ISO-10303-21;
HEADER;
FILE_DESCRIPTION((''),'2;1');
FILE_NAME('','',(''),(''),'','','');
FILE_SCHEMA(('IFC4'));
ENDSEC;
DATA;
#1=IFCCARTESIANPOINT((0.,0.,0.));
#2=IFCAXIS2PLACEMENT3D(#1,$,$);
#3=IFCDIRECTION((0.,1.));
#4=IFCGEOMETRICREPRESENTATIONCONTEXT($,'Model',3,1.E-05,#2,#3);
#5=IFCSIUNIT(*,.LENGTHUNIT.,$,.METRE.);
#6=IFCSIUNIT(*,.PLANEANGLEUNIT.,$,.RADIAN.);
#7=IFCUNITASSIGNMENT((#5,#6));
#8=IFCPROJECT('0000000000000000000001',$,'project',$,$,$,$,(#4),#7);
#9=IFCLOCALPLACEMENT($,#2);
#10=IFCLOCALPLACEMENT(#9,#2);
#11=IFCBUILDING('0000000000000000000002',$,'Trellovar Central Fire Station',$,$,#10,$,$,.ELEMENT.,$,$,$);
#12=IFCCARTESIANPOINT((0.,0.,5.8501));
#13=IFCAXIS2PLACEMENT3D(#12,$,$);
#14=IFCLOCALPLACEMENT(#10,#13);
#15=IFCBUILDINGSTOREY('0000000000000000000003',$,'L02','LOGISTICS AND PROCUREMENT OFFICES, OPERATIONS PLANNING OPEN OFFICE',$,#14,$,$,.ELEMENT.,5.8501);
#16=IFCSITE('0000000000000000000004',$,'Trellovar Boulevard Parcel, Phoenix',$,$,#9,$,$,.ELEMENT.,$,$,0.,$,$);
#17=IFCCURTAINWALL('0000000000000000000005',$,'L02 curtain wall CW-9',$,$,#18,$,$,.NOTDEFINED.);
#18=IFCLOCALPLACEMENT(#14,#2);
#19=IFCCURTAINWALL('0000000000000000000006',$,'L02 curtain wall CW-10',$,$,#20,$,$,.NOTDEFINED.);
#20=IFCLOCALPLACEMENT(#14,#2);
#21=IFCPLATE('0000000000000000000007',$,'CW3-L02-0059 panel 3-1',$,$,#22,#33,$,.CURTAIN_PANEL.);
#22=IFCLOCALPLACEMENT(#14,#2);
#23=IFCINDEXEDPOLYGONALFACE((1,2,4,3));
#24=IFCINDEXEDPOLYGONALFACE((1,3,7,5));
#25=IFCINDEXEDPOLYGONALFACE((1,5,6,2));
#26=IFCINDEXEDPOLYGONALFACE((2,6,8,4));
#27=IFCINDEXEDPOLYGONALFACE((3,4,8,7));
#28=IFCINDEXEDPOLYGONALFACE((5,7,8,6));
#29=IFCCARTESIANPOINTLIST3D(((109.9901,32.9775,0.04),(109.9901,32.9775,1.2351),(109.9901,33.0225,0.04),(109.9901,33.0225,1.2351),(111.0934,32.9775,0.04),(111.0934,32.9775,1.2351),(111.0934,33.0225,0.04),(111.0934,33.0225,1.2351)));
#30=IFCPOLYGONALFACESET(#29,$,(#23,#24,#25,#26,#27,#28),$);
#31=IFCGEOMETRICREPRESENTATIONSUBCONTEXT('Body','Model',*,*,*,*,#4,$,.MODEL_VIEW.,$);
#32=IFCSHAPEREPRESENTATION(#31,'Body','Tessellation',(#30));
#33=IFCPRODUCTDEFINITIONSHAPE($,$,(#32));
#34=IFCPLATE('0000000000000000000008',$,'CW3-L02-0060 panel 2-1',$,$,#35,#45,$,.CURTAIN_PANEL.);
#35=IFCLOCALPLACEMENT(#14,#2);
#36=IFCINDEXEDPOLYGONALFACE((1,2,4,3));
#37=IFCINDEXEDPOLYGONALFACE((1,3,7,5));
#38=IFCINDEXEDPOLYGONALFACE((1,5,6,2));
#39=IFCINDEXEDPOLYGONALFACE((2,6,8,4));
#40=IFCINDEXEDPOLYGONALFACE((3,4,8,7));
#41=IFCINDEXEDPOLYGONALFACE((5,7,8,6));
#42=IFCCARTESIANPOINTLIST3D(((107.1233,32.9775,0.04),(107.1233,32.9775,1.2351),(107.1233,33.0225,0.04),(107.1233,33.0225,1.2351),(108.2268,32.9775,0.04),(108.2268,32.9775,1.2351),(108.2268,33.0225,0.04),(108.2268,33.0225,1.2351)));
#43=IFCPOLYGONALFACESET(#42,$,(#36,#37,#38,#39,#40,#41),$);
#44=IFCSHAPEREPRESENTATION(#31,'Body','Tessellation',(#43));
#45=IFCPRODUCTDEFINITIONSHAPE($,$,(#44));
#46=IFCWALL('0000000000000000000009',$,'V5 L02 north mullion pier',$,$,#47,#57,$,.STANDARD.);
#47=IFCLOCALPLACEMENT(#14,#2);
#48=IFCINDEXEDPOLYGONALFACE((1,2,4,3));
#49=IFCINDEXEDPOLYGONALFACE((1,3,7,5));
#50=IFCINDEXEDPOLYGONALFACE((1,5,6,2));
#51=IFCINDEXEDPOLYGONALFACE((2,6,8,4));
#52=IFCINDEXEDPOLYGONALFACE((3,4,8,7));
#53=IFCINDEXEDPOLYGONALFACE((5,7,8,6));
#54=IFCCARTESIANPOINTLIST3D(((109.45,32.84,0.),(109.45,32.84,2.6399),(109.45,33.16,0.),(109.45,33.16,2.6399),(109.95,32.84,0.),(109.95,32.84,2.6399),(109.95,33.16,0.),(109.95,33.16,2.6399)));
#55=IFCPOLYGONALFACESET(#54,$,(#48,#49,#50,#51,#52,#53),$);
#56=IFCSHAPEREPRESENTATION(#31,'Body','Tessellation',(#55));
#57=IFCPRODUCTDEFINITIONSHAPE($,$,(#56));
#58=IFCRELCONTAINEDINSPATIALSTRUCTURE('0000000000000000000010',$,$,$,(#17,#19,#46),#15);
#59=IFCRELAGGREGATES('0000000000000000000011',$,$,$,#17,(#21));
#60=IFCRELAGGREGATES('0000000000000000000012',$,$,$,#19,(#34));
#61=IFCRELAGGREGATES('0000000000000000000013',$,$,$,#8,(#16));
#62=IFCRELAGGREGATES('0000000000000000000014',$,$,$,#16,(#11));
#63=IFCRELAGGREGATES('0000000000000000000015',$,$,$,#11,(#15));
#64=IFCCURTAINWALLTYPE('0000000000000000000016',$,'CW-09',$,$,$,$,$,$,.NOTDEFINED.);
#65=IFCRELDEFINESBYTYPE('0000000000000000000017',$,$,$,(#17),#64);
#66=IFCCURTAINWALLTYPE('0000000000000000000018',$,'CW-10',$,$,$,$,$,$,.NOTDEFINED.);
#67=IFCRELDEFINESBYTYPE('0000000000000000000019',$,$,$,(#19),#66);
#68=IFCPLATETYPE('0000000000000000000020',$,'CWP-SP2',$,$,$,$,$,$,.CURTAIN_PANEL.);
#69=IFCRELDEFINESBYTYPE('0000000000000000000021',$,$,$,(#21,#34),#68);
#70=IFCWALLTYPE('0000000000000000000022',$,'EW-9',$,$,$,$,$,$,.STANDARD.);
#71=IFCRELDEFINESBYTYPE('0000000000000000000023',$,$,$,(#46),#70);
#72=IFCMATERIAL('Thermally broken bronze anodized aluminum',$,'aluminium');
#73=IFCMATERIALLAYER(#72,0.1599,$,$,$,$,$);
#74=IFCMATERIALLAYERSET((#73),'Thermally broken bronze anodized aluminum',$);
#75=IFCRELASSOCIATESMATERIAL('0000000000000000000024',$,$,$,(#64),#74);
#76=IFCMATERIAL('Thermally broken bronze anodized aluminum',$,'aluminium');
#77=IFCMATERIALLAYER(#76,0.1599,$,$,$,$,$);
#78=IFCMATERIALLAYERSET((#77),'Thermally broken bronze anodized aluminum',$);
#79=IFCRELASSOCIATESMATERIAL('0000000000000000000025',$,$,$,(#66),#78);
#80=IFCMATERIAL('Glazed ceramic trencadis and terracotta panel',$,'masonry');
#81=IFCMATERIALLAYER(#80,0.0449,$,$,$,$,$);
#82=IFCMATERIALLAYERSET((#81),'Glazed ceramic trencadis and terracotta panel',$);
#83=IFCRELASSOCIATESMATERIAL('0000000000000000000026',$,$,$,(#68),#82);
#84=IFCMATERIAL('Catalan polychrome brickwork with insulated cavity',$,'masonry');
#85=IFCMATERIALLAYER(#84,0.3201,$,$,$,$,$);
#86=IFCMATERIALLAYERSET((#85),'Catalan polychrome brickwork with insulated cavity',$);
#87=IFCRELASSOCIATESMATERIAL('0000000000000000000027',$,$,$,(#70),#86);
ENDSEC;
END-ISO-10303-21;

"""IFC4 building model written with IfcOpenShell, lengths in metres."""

from ifc_helpers import new_model, si_unit, direction, frame, frame_2d, origin, origin_2d, place, context, subcontext, project, spatial, rectangle, extrude, material, layer, layer_set, type_object, element, aggregate, save


model = new_model("IFC4")

# Units and contexts
model_context = context("Model", 3, precision=1e-05, world=origin(), true_north=direction((0.0, 1.0)))
body_context = subcontext(model_context, "Body", "Model", "MODEL_VIEW")
ifc_project = project(units=[si_unit("LENGTHUNIT", "METRE"), si_unit("PLANEANGLEUNIT", "RADIAN")], contexts=[model_context])

# Site, building, storey
site_placement = place(None, origin())
site = spatial("IfcSite", under=ifc_project, at=site_placement, Name="Trellovar Boulevard Parcel, Phoenix", CompositionType="ELEMENT", RefElevation=0.0)
building_placement = place(site_placement, origin())
building = spatial("IfcBuilding", under=site, at=building_placement, Name="Trellovar Central Fire Station", CompositionType="ELEMENT")
storey_placement = place(building_placement, frame((0.0, 0.0, 5.8501)))
storey = spatial("IfcBuildingStorey", under=building, at=storey_placement, Name="L02", Description="LOGISTICS AND PROCUREMENT OFFICES, OPERATIONS PLANNING OPEN OFFICE", CompositionType="ELEMENT", Elevation=5.8501)

# Curtain walls
ifc_material_1 = material(Name="Thermally broken bronze anodized aluminum", Category="aluminium")
ifc_layer_1 = layer(ifc_material_1, 0.1599)
ifc_layer_set_1 = layer_set([ifc_layer_1], Name="Thermally broken bronze anodized aluminum")
curtain_wall_type_1 = type_object("IfcCurtainWallType", Name="CW-09", PredefinedType="NOTDEFINED", material=ifc_layer_set_1)
curtain_wall_1_placement = place(storey_placement, origin())
curtain_wall_1 = element("IfcCurtainWall", 1, at=curtain_wall_1_placement, inside=storey, type_object=curtain_wall_type_1, Name="L02 curtain wall CW-9", PredefinedType="NOTDEFINED")
ifc_material_2 = material(Name="Thermally broken bronze anodized aluminum", Category="aluminium")
ifc_layer_2 = layer(ifc_material_2, 0.1599)
ifc_layer_set_2 = layer_set([ifc_layer_2], Name="Thermally broken bronze anodized aluminum")
curtain_wall_type_2 = type_object("IfcCurtainWallType", Name="CW-10", PredefinedType="NOTDEFINED", material=ifc_layer_set_2)
curtain_wall_2_placement = place(storey_placement, origin())
curtain_wall_2 = element("IfcCurtainWall", 2, at=curtain_wall_2_placement, inside=storey, type_object=curtain_wall_type_2, Name="L02 curtain wall CW-10", PredefinedType="NOTDEFINED")

# Plates
ifc_material_3 = material(Name="Glazed ceramic trencadis and terracotta panel", Category="masonry")
ifc_layer_3 = layer(ifc_material_3, 0.0449)
ifc_layer_set_3 = layer_set([ifc_layer_3], Name="Glazed ceramic trencadis and terracotta panel")
plate_type_1 = type_object("IfcPlateType", Name="CWP-SP2", PredefinedType="CURTAIN_PANEL", material=ifc_layer_set_3)
plate_1_placement = place(storey_placement, frame((110.5417, 33.0, 0.04), z_axis=(0.0, 0.0, 1.0), x_axis=(-1.0, 0.0, 0.0)))
plate_1 = element("IfcPlate", 3, at=plate_1_placement, type_object=plate_type_1, Name="CW3-L02-0059 panel 3-1", PredefinedType="CURTAIN_PANEL", context=body_context, shape_type="SweptSolid", body=[
    extrude(rectangle(XDim=1.1033, YDim=0.0449, at=origin_2d()), origin(), (0.0, 0.0, 1.0), 1.1951),
])
aggregate(curtain_wall_1, [plate_1])
plate_2_placement = place(storey_placement, frame((107.675, 33.0, 0.04), z_axis=(0.0, 0.0, 1.0), x_axis=(-1.0, 0.0, 0.0)))
plate_2 = element("IfcPlate", 4, at=plate_2_placement, type_object=plate_type_1, Name="CW3-L02-0060 panel 2-1", PredefinedType="CURTAIN_PANEL", context=body_context, shape_type="SweptSolid", body=[
    extrude(rectangle(XDim=1.1035, YDim=0.0449, at=origin_2d()), origin(), (0.0, 0.0, 1.0), 1.1951),
])
aggregate(curtain_wall_2, [plate_2])

# Wall
ifc_material_4 = material(Name="Catalan polychrome brickwork with insulated cavity", Category="masonry")
ifc_layer_4 = layer(ifc_material_4, 0.3201)
ifc_layer_set_4 = layer_set([ifc_layer_4], Name="Catalan polychrome brickwork with insulated cavity")
wall_type = type_object("IfcWallType", Name="EW-9", PredefinedType="STANDARD", material=ifc_layer_set_4)
wall_placement = place(storey_placement, frame((109.95, 33.0, 0.0), z_axis=(0.0, 0.0, 1.0), x_axis=(-1.0, 0.0, 0.0)))
element("IfcWall", 5, at=wall_placement, inside=storey, type_object=wall_type, Name="V5 L02 north mullion pier", PredefinedType="STANDARD", context=body_context, shape_type="SweptSolid", body=[
    extrude(rectangle(XDim=0.5, YDim=0.3201, at=frame_2d((0.25, 0.0))), origin(), (0.0, 0.0, 1.0), 2.6399),
])

save(model, "model.ifc")
